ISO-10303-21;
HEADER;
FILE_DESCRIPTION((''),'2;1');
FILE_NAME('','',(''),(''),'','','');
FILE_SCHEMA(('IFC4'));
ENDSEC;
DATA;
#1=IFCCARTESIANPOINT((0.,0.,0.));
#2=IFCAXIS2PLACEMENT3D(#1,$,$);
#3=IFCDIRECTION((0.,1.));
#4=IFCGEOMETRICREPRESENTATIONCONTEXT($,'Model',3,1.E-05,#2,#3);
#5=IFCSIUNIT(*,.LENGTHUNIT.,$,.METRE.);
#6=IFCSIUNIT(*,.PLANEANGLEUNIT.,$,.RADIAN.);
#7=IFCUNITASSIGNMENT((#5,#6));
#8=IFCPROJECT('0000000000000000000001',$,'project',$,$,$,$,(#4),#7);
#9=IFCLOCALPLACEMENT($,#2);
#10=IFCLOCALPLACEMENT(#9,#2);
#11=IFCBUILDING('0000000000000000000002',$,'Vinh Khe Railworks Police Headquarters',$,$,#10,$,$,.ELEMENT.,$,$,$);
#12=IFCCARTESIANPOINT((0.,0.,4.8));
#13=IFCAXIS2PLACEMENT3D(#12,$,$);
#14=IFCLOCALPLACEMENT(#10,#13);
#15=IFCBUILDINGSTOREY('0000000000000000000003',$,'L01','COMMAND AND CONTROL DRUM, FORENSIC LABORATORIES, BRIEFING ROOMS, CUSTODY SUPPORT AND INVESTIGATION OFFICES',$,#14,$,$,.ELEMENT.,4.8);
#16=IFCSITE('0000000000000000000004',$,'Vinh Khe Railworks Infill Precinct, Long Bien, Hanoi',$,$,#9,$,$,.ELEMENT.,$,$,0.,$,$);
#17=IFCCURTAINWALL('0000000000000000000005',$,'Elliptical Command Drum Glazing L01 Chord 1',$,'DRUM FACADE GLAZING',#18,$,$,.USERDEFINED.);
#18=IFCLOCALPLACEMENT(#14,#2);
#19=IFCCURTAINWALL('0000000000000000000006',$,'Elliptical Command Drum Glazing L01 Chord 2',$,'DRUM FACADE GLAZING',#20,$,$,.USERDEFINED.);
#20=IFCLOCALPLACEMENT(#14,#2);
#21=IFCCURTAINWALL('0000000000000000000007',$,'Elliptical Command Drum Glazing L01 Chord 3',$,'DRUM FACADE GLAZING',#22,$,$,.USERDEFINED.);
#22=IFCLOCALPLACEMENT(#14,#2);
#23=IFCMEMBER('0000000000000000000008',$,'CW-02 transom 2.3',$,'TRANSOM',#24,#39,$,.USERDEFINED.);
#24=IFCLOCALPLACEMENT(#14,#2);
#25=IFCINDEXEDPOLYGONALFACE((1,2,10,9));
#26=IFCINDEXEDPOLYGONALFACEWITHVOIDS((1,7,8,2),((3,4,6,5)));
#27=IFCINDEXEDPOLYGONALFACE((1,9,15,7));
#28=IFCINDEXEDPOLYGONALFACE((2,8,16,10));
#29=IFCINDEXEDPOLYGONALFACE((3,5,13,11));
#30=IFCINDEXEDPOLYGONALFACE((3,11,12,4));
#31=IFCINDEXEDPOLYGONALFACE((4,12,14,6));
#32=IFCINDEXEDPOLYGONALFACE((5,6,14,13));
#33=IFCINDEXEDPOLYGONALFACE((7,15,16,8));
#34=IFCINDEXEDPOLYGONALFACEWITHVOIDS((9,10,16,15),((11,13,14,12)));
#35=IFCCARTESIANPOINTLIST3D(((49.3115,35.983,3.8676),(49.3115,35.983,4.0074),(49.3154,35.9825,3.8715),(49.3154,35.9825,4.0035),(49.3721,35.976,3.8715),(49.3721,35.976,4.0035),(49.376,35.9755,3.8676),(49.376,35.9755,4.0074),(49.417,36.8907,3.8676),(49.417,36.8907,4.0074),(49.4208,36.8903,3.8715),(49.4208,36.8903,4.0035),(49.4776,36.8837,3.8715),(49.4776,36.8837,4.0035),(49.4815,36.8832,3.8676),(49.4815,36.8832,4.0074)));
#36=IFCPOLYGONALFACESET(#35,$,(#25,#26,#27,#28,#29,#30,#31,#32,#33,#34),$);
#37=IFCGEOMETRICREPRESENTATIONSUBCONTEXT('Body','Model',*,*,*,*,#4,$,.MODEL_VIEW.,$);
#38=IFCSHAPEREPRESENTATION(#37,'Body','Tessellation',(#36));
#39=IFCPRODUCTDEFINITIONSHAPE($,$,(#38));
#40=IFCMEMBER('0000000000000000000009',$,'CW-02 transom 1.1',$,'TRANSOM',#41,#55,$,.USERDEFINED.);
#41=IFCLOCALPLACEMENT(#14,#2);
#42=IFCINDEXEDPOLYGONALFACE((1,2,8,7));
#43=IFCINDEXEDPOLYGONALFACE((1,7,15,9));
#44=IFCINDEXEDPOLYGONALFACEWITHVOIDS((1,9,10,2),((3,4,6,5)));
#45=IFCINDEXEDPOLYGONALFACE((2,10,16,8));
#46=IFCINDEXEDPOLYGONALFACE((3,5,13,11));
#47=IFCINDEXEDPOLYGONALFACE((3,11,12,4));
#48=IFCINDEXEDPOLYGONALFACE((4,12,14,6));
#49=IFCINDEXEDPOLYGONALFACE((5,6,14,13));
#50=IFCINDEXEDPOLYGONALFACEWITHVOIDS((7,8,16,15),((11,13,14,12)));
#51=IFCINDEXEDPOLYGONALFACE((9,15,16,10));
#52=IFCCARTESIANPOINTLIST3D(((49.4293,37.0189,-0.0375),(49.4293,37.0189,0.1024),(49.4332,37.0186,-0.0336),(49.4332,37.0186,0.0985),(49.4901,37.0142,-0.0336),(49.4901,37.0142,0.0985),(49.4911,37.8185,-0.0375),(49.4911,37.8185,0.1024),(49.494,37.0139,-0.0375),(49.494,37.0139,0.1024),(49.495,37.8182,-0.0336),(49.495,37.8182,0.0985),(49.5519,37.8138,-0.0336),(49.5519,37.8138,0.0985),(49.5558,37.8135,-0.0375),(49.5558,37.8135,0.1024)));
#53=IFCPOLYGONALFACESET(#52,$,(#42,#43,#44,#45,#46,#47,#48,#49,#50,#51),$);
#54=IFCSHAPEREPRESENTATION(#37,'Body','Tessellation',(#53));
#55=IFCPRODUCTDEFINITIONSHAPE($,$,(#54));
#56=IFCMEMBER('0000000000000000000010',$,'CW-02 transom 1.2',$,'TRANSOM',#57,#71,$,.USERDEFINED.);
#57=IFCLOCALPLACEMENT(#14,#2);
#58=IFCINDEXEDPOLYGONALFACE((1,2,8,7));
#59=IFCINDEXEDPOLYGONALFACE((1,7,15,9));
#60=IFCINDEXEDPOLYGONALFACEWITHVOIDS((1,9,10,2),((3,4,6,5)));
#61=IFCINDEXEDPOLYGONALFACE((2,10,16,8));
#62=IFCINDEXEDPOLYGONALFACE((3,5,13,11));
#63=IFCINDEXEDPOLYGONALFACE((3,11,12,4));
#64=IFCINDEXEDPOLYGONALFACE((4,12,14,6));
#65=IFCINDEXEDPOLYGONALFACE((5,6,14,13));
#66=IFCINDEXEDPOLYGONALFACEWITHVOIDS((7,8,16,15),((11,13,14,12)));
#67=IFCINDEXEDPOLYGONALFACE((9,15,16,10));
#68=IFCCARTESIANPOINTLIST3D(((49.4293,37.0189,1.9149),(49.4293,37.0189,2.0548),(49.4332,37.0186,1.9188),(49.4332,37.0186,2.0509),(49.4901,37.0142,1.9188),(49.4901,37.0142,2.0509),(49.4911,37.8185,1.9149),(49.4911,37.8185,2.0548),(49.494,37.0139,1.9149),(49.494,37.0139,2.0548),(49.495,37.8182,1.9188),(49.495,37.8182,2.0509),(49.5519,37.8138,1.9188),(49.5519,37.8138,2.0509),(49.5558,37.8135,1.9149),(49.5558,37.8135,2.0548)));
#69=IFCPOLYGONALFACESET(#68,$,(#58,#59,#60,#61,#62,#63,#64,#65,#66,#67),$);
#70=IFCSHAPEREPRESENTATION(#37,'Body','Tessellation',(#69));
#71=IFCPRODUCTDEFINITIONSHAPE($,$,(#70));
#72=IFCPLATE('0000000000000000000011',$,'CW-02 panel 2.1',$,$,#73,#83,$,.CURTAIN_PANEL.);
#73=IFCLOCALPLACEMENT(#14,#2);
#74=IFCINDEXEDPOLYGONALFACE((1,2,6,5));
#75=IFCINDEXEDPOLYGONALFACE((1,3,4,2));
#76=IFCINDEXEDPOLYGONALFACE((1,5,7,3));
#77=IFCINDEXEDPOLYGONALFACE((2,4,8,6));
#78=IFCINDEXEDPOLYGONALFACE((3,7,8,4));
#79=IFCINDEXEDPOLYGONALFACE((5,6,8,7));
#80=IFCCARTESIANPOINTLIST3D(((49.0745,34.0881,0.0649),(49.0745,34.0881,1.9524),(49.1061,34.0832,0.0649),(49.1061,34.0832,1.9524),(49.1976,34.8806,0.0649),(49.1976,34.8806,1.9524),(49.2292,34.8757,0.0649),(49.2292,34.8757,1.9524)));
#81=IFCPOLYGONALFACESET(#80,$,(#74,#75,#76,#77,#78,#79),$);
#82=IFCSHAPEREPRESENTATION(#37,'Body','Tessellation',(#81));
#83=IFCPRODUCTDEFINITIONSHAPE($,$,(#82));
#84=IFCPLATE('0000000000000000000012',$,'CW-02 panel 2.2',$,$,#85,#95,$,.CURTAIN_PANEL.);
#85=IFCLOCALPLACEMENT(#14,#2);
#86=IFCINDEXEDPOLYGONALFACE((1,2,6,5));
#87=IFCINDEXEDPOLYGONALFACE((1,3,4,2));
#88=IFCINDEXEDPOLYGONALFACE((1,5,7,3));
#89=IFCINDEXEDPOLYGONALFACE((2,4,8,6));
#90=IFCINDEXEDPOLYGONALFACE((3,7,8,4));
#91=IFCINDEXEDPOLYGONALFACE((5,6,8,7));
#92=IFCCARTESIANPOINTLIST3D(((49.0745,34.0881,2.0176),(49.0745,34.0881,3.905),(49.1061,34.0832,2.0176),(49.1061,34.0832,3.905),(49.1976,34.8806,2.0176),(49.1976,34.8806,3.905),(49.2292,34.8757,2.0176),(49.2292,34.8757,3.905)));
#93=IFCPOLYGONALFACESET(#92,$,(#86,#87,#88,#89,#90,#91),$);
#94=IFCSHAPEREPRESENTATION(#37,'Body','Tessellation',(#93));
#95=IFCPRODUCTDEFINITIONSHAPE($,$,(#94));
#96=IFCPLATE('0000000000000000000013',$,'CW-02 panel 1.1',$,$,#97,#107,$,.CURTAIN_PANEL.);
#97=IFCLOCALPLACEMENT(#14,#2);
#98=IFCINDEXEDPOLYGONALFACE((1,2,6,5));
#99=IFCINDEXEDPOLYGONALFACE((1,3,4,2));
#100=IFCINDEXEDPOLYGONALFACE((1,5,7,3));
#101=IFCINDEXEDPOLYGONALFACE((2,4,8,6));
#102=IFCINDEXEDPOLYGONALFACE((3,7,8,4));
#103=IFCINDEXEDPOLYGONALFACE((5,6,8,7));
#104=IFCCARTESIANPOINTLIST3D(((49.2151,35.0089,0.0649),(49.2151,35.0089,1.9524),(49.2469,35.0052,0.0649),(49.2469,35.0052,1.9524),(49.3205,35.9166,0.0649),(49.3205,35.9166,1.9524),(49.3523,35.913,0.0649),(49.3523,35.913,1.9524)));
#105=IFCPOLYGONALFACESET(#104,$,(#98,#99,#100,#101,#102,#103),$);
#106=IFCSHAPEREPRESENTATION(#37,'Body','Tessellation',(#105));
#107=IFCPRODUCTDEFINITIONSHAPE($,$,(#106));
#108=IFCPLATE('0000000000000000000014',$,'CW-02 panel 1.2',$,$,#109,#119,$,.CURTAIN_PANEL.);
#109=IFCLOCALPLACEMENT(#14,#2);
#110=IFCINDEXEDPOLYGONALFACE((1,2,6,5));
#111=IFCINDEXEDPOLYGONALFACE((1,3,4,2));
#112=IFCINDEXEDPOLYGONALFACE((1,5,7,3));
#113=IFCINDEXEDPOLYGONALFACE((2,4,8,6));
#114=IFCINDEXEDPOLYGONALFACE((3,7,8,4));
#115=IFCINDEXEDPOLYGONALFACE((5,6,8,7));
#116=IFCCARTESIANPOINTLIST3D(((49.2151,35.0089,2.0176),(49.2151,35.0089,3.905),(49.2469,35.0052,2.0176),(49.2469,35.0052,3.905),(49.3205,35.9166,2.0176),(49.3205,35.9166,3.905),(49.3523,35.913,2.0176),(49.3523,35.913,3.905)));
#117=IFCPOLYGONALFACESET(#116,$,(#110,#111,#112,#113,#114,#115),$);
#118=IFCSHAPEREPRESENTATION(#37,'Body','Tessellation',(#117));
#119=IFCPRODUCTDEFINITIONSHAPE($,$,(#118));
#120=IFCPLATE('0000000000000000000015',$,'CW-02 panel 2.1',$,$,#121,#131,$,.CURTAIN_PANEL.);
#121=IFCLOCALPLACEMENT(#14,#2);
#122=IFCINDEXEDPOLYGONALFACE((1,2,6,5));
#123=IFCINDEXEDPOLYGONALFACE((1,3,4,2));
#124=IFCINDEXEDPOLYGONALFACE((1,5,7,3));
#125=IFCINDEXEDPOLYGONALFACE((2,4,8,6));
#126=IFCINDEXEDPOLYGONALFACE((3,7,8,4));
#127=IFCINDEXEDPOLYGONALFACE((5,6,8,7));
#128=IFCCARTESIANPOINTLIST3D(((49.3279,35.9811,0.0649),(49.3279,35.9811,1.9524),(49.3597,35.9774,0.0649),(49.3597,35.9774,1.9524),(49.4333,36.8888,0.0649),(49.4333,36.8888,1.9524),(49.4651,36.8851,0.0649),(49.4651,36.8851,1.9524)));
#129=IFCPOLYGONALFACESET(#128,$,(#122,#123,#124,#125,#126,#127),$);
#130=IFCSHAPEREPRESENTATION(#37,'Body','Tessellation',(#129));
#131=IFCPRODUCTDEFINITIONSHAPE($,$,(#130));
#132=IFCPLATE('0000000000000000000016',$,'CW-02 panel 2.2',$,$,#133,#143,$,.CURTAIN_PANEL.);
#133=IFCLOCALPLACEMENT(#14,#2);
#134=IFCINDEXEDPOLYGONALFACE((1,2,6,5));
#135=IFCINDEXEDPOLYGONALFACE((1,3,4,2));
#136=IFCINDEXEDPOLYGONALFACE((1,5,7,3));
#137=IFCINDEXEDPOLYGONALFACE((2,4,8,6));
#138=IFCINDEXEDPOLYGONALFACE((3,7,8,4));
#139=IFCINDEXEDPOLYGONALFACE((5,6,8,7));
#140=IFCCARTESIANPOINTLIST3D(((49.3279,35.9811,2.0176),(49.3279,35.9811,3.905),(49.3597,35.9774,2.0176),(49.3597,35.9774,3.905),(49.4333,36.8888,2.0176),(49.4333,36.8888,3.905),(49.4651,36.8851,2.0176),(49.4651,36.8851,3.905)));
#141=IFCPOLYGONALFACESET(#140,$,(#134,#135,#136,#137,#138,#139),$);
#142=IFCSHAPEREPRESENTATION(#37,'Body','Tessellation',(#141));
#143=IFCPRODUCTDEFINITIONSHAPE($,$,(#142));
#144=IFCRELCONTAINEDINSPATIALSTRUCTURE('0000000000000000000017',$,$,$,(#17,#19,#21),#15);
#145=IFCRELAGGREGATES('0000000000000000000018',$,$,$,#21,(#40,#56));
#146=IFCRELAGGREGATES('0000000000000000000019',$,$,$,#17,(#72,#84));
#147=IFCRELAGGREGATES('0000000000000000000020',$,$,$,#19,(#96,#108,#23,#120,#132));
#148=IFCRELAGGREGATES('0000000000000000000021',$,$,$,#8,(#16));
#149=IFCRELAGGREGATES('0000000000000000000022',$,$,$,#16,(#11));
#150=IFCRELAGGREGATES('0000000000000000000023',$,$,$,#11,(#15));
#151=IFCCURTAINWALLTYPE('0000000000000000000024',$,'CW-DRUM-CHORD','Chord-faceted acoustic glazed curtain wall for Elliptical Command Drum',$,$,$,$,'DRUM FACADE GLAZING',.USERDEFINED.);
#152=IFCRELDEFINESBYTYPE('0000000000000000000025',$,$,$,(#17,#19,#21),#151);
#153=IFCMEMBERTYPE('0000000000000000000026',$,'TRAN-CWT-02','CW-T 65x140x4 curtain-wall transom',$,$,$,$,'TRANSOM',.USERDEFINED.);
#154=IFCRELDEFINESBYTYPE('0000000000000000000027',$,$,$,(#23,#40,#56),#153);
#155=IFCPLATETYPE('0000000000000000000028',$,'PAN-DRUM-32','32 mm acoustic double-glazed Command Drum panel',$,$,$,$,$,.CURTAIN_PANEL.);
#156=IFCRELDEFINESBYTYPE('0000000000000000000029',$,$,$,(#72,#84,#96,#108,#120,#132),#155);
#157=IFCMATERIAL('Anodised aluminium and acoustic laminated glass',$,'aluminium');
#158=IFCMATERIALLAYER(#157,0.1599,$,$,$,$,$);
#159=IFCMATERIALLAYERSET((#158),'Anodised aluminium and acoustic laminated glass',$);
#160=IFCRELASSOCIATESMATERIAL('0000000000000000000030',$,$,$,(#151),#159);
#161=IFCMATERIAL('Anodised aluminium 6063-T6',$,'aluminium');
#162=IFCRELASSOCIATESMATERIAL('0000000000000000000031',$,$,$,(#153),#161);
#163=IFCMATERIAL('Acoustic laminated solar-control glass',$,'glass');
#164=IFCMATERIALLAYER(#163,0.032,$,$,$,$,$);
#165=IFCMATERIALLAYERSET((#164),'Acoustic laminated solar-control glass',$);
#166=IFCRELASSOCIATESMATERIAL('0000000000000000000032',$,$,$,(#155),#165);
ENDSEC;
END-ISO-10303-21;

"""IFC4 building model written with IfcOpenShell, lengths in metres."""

from ifc_helpers import new_model, si_unit, direction, frame, origin, origin_2d, place, context, subcontext, project, spatial, rectangle, hollow_rectangle, extrude, material, layer, layer_set, material_profile, profile_set, type_object, element, aggregate, save


model = new_model("IFC4")

# Units and contexts
model_context = context("Model", 3, precision=1e-05, world=origin(), true_north=direction((0.0, 1.0)))
body_context = subcontext(model_context, "Body", "Model", "MODEL_VIEW")
ifc_project = project(units=[si_unit("LENGTHUNIT", "METRE"), si_unit("PLANEANGLEUNIT", "RADIAN")], contexts=[model_context])

# Site, building, storey
site_placement = place(None, origin())
site = spatial("IfcSite", under=ifc_project, at=site_placement, Name="Vinh Khe Railworks Infill Precinct, Long Bien, Hanoi", CompositionType="ELEMENT", RefElevation=0.0)
building_placement = place(site_placement, origin())
building = spatial("IfcBuilding", under=site, at=building_placement, Name="Vinh Khe Railworks Police Headquarters", CompositionType="ELEMENT")
storey_placement = place(building_placement, frame((0.0, 0.0, 4.8)))
storey = spatial("IfcBuildingStorey", under=building, at=storey_placement, Name="L01", Description="COMMAND AND CONTROL DRUM, FORENSIC LABORATORIES, BRIEFING ROOMS, CUSTODY SUPPORT AND INVESTIGATION OFFICES", CompositionType="ELEMENT", Elevation=4.8)

# Curtain wall
ifc_material_1 = material(Name="Anodised aluminium and acoustic laminated glass", Category="aluminium")
ifc_layer_1 = layer(ifc_material_1, 0.1599)
ifc_layer_set_1 = layer_set([ifc_layer_1], Name="Anodised aluminium and acoustic laminated glass")
curtain_wall_type = type_object("IfcCurtainWallType", Name="CW-DRUM-CHORD", Description="Chord-faceted acoustic glazed curtain wall for Elliptical Command Drum", ElementType="DRUM FACADE GLAZING", PredefinedType="USERDEFINED", material=ifc_layer_set_1)
curtain_wall_1_placement = place(storey_placement, origin())
curtain_wall_1 = element("IfcCurtainWall", 1, at=curtain_wall_1_placement, inside=storey, type_object=curtain_wall_type, Name="Elliptical Command Drum Glazing L01 Chord 1", ObjectType="DRUM FACADE GLAZING", PredefinedType="USERDEFINED")
ifc_material_2 = material(Name="Anodised aluminium 6063-T6", Category="aluminium")

# Curtain wall
curtain_wall_2_placement = place(storey_placement, origin())
curtain_wall_2 = element("IfcCurtainWall", 2, at=curtain_wall_2_placement, inside=storey, type_object=curtain_wall_type, Name="Elliptical Command Drum Glazing L01 Chord 2", ObjectType="DRUM FACADE GLAZING", PredefinedType="USERDEFINED")

# Curtain wall
curtain_wall_3_placement = place(storey_placement, origin())
curtain_wall_3 = element("IfcCurtainWall", 3, at=curtain_wall_3_placement, inside=storey, type_object=curtain_wall_type, Name="Elliptical Command Drum Glazing L01 Chord 3", ObjectType="DRUM FACADE GLAZING", PredefinedType="USERDEFINED")

# Members
ifc_material_profile_1 = material_profile(ifc_material_2, hollow_rectangle(XDim=0.0649, YDim=0.1399, WallThickness=0.0039, at=origin_2d()), Name="CW-T 65x140x4")
ifc_profile_set_1 = profile_set([ifc_material_profile_1], Name="Anodised aluminium 6063-T6")
member_type_1 = type_object("IfcMemberType", Name="TRAN-CWT-02", Description="CW-T 65x140x4 curtain-wall transom", ElementType="TRANSOM", PredefinedType="USERDEFINED", material=ifc_profile_set_1)
member_1_placement = place(storey_placement, frame((49.3438, 35.9792, 3.9375), z_axis=(0.115415, 0.993317, 0.0), x_axis=(-0.993317, 0.115415, 0.0)))
member_1 = element("IfcMember", 4, at=member_1_placement, type_object=member_type_1, Name="CW-02 transom 2.3", ObjectType="TRANSOM", PredefinedType="USERDEFINED", context=body_context, shape_type="SweptSolid", body=[
    extrude(hollow_rectangle(XDim=0.0649, YDim=0.1399, WallThickness=0.0039, at=origin_2d()), origin(), (0.0, 0.0, 1.0), 0.9138),
])
member_2_placement = place(storey_placement, frame((49.4617, 37.0164, 0.0325), z_axis=(0.077022, 0.997029, 0.0), x_axis=(-0.997029, 0.077022, 0.0)))
member_2 = element("IfcMember", 5, at=member_2_placement, type_object=member_type_1, Name="CW-02 transom 1.1", ObjectType="TRANSOM", PredefinedType="USERDEFINED", context=body_context, shape_type="SweptSolid", body=[
    extrude(hollow_rectangle(XDim=0.0649, YDim=0.1399, WallThickness=0.0039, at=origin_2d()), origin(), (0.0, 0.0, 1.0), 0.802),
])
member_3_placement = place(storey_placement, frame((49.4617, 37.0164, 1.9849), z_axis=(0.077022, 0.997029, 0.0), x_axis=(-0.997029, 0.077022, 0.0)))
member_3 = element("IfcMember", 6, at=member_3_placement, type_object=member_type_1, Name="CW-02 transom 1.2", ObjectType="TRANSOM", PredefinedType="USERDEFINED", context=body_context, shape_type="SweptSolid", body=[
    extrude(hollow_rectangle(XDim=0.0649, YDim=0.1399, WallThickness=0.0039, at=origin_2d()), origin(), (0.0, 0.0, 1.0), 0.802),
])
aggregate(curtain_wall_3, [member_2, member_3])

# Plates
ifc_material_3 = material(Name="Acoustic laminated solar-control glass", Category="glass")
ifc_layer_2 = layer(ifc_material_3, 0.032)
ifc_layer_set_2 = layer_set([ifc_layer_2], Name="Acoustic laminated solar-control glass")
plate_type = type_object("IfcPlateType", Name="PAN-DRUM-32", Description="32 mm acoustic double-glazed Command Drum panel", PredefinedType="CURTAIN_PANEL", material=ifc_layer_set_2)
plate_1_placement = place(storey_placement, frame((49.1519, 34.4819, 0.0649), z_axis=(0.0, 0.0, 1.0), x_axis=(0.15349, 0.98815, 0.0)))
plate_1 = element("IfcPlate", 7, at=plate_1_placement, type_object=plate_type, Name="CW-02 panel 2.1", PredefinedType="CURTAIN_PANEL", context=body_context, shape_type="SweptSolid", body=[
    extrude(rectangle(XDim=0.802, YDim=0.032, at=origin_2d()), origin(), (0.0, 0.0, 1.0), 1.8875),
])
plate_2_placement = place(storey_placement, frame((49.1519, 34.4819, 2.0176), z_axis=(0.0, 0.0, 1.0), x_axis=(0.15349, 0.98815, 0.0)))
plate_2 = element("IfcPlate", 8, at=plate_2_placement, type_object=plate_type, Name="CW-02 panel 2.2", PredefinedType="CURTAIN_PANEL", context=body_context, shape_type="SweptSolid", body=[
    extrude(rectangle(XDim=0.802, YDim=0.032, at=origin_2d()), origin(), (0.0, 0.0, 1.0), 1.8875),
])
aggregate(curtain_wall_1, [plate_1, plate_2])
plate_3_placement = place(storey_placement, frame((49.2837, 35.4609, 0.0649), z_axis=(0.0, 0.0, 1.0), x_axis=(0.115318, 0.993329, 0.0)))
plate_3 = element("IfcPlate", 9, at=plate_3_placement, type_object=plate_type, Name="CW-02 panel 1.1", PredefinedType="CURTAIN_PANEL", context=body_context, shape_type="SweptSolid", body=[
    extrude(rectangle(XDim=0.9138, YDim=0.032, at=origin_2d()), origin(), (0.0, 0.0, 1.0), 1.8875),
])
plate_4_placement = place(storey_placement, frame((49.2837, 35.4609, 2.0176), z_axis=(0.0, 0.0, 1.0), x_axis=(0.115318, 0.993329, 0.0)))
plate_4 = element("IfcPlate", 10, at=plate_4_placement, type_object=plate_type, Name="CW-02 panel 1.2", PredefinedType="CURTAIN_PANEL", context=body_context, shape_type="SweptSolid", body=[
    extrude(rectangle(XDim=0.9138, YDim=0.032, at=origin_2d()), origin(), (0.0, 0.0, 1.0), 1.8875),
])
plate_5_placement = place(storey_placement, frame((49.3965, 36.4331, 0.0649), z_axis=(0.0, 0.0, 1.0), x_axis=(0.115318, 0.993329, 0.0)))
plate_5 = element("IfcPlate", 11, at=plate_5_placement, type_object=plate_type, Name="CW-02 panel 2.1", PredefinedType="CURTAIN_PANEL", context=body_context, shape_type="SweptSolid", body=[
    extrude(rectangle(XDim=0.9138, YDim=0.032, at=origin_2d()), origin(), (0.0, 0.0, 1.0), 1.8875),
])
plate_6_placement = place(storey_placement, frame((49.3965, 36.4331, 2.0176), z_axis=(0.0, 0.0, 1.0), x_axis=(0.115318, 0.993329, 0.0)))
plate_6 = element("IfcPlate", 12, at=plate_6_placement, type_object=plate_type, Name="CW-02 panel 2.2", PredefinedType="CURTAIN_PANEL", context=body_context, shape_type="SweptSolid", body=[
    extrude(rectangle(XDim=0.9138, YDim=0.032, at=origin_2d()), origin(), (0.0, 0.0, 1.0), 1.8875),
])
aggregate(curtain_wall_2, [plate_3, plate_4, member_1, plate_5, plate_6])

save(model, "model.ifc")
